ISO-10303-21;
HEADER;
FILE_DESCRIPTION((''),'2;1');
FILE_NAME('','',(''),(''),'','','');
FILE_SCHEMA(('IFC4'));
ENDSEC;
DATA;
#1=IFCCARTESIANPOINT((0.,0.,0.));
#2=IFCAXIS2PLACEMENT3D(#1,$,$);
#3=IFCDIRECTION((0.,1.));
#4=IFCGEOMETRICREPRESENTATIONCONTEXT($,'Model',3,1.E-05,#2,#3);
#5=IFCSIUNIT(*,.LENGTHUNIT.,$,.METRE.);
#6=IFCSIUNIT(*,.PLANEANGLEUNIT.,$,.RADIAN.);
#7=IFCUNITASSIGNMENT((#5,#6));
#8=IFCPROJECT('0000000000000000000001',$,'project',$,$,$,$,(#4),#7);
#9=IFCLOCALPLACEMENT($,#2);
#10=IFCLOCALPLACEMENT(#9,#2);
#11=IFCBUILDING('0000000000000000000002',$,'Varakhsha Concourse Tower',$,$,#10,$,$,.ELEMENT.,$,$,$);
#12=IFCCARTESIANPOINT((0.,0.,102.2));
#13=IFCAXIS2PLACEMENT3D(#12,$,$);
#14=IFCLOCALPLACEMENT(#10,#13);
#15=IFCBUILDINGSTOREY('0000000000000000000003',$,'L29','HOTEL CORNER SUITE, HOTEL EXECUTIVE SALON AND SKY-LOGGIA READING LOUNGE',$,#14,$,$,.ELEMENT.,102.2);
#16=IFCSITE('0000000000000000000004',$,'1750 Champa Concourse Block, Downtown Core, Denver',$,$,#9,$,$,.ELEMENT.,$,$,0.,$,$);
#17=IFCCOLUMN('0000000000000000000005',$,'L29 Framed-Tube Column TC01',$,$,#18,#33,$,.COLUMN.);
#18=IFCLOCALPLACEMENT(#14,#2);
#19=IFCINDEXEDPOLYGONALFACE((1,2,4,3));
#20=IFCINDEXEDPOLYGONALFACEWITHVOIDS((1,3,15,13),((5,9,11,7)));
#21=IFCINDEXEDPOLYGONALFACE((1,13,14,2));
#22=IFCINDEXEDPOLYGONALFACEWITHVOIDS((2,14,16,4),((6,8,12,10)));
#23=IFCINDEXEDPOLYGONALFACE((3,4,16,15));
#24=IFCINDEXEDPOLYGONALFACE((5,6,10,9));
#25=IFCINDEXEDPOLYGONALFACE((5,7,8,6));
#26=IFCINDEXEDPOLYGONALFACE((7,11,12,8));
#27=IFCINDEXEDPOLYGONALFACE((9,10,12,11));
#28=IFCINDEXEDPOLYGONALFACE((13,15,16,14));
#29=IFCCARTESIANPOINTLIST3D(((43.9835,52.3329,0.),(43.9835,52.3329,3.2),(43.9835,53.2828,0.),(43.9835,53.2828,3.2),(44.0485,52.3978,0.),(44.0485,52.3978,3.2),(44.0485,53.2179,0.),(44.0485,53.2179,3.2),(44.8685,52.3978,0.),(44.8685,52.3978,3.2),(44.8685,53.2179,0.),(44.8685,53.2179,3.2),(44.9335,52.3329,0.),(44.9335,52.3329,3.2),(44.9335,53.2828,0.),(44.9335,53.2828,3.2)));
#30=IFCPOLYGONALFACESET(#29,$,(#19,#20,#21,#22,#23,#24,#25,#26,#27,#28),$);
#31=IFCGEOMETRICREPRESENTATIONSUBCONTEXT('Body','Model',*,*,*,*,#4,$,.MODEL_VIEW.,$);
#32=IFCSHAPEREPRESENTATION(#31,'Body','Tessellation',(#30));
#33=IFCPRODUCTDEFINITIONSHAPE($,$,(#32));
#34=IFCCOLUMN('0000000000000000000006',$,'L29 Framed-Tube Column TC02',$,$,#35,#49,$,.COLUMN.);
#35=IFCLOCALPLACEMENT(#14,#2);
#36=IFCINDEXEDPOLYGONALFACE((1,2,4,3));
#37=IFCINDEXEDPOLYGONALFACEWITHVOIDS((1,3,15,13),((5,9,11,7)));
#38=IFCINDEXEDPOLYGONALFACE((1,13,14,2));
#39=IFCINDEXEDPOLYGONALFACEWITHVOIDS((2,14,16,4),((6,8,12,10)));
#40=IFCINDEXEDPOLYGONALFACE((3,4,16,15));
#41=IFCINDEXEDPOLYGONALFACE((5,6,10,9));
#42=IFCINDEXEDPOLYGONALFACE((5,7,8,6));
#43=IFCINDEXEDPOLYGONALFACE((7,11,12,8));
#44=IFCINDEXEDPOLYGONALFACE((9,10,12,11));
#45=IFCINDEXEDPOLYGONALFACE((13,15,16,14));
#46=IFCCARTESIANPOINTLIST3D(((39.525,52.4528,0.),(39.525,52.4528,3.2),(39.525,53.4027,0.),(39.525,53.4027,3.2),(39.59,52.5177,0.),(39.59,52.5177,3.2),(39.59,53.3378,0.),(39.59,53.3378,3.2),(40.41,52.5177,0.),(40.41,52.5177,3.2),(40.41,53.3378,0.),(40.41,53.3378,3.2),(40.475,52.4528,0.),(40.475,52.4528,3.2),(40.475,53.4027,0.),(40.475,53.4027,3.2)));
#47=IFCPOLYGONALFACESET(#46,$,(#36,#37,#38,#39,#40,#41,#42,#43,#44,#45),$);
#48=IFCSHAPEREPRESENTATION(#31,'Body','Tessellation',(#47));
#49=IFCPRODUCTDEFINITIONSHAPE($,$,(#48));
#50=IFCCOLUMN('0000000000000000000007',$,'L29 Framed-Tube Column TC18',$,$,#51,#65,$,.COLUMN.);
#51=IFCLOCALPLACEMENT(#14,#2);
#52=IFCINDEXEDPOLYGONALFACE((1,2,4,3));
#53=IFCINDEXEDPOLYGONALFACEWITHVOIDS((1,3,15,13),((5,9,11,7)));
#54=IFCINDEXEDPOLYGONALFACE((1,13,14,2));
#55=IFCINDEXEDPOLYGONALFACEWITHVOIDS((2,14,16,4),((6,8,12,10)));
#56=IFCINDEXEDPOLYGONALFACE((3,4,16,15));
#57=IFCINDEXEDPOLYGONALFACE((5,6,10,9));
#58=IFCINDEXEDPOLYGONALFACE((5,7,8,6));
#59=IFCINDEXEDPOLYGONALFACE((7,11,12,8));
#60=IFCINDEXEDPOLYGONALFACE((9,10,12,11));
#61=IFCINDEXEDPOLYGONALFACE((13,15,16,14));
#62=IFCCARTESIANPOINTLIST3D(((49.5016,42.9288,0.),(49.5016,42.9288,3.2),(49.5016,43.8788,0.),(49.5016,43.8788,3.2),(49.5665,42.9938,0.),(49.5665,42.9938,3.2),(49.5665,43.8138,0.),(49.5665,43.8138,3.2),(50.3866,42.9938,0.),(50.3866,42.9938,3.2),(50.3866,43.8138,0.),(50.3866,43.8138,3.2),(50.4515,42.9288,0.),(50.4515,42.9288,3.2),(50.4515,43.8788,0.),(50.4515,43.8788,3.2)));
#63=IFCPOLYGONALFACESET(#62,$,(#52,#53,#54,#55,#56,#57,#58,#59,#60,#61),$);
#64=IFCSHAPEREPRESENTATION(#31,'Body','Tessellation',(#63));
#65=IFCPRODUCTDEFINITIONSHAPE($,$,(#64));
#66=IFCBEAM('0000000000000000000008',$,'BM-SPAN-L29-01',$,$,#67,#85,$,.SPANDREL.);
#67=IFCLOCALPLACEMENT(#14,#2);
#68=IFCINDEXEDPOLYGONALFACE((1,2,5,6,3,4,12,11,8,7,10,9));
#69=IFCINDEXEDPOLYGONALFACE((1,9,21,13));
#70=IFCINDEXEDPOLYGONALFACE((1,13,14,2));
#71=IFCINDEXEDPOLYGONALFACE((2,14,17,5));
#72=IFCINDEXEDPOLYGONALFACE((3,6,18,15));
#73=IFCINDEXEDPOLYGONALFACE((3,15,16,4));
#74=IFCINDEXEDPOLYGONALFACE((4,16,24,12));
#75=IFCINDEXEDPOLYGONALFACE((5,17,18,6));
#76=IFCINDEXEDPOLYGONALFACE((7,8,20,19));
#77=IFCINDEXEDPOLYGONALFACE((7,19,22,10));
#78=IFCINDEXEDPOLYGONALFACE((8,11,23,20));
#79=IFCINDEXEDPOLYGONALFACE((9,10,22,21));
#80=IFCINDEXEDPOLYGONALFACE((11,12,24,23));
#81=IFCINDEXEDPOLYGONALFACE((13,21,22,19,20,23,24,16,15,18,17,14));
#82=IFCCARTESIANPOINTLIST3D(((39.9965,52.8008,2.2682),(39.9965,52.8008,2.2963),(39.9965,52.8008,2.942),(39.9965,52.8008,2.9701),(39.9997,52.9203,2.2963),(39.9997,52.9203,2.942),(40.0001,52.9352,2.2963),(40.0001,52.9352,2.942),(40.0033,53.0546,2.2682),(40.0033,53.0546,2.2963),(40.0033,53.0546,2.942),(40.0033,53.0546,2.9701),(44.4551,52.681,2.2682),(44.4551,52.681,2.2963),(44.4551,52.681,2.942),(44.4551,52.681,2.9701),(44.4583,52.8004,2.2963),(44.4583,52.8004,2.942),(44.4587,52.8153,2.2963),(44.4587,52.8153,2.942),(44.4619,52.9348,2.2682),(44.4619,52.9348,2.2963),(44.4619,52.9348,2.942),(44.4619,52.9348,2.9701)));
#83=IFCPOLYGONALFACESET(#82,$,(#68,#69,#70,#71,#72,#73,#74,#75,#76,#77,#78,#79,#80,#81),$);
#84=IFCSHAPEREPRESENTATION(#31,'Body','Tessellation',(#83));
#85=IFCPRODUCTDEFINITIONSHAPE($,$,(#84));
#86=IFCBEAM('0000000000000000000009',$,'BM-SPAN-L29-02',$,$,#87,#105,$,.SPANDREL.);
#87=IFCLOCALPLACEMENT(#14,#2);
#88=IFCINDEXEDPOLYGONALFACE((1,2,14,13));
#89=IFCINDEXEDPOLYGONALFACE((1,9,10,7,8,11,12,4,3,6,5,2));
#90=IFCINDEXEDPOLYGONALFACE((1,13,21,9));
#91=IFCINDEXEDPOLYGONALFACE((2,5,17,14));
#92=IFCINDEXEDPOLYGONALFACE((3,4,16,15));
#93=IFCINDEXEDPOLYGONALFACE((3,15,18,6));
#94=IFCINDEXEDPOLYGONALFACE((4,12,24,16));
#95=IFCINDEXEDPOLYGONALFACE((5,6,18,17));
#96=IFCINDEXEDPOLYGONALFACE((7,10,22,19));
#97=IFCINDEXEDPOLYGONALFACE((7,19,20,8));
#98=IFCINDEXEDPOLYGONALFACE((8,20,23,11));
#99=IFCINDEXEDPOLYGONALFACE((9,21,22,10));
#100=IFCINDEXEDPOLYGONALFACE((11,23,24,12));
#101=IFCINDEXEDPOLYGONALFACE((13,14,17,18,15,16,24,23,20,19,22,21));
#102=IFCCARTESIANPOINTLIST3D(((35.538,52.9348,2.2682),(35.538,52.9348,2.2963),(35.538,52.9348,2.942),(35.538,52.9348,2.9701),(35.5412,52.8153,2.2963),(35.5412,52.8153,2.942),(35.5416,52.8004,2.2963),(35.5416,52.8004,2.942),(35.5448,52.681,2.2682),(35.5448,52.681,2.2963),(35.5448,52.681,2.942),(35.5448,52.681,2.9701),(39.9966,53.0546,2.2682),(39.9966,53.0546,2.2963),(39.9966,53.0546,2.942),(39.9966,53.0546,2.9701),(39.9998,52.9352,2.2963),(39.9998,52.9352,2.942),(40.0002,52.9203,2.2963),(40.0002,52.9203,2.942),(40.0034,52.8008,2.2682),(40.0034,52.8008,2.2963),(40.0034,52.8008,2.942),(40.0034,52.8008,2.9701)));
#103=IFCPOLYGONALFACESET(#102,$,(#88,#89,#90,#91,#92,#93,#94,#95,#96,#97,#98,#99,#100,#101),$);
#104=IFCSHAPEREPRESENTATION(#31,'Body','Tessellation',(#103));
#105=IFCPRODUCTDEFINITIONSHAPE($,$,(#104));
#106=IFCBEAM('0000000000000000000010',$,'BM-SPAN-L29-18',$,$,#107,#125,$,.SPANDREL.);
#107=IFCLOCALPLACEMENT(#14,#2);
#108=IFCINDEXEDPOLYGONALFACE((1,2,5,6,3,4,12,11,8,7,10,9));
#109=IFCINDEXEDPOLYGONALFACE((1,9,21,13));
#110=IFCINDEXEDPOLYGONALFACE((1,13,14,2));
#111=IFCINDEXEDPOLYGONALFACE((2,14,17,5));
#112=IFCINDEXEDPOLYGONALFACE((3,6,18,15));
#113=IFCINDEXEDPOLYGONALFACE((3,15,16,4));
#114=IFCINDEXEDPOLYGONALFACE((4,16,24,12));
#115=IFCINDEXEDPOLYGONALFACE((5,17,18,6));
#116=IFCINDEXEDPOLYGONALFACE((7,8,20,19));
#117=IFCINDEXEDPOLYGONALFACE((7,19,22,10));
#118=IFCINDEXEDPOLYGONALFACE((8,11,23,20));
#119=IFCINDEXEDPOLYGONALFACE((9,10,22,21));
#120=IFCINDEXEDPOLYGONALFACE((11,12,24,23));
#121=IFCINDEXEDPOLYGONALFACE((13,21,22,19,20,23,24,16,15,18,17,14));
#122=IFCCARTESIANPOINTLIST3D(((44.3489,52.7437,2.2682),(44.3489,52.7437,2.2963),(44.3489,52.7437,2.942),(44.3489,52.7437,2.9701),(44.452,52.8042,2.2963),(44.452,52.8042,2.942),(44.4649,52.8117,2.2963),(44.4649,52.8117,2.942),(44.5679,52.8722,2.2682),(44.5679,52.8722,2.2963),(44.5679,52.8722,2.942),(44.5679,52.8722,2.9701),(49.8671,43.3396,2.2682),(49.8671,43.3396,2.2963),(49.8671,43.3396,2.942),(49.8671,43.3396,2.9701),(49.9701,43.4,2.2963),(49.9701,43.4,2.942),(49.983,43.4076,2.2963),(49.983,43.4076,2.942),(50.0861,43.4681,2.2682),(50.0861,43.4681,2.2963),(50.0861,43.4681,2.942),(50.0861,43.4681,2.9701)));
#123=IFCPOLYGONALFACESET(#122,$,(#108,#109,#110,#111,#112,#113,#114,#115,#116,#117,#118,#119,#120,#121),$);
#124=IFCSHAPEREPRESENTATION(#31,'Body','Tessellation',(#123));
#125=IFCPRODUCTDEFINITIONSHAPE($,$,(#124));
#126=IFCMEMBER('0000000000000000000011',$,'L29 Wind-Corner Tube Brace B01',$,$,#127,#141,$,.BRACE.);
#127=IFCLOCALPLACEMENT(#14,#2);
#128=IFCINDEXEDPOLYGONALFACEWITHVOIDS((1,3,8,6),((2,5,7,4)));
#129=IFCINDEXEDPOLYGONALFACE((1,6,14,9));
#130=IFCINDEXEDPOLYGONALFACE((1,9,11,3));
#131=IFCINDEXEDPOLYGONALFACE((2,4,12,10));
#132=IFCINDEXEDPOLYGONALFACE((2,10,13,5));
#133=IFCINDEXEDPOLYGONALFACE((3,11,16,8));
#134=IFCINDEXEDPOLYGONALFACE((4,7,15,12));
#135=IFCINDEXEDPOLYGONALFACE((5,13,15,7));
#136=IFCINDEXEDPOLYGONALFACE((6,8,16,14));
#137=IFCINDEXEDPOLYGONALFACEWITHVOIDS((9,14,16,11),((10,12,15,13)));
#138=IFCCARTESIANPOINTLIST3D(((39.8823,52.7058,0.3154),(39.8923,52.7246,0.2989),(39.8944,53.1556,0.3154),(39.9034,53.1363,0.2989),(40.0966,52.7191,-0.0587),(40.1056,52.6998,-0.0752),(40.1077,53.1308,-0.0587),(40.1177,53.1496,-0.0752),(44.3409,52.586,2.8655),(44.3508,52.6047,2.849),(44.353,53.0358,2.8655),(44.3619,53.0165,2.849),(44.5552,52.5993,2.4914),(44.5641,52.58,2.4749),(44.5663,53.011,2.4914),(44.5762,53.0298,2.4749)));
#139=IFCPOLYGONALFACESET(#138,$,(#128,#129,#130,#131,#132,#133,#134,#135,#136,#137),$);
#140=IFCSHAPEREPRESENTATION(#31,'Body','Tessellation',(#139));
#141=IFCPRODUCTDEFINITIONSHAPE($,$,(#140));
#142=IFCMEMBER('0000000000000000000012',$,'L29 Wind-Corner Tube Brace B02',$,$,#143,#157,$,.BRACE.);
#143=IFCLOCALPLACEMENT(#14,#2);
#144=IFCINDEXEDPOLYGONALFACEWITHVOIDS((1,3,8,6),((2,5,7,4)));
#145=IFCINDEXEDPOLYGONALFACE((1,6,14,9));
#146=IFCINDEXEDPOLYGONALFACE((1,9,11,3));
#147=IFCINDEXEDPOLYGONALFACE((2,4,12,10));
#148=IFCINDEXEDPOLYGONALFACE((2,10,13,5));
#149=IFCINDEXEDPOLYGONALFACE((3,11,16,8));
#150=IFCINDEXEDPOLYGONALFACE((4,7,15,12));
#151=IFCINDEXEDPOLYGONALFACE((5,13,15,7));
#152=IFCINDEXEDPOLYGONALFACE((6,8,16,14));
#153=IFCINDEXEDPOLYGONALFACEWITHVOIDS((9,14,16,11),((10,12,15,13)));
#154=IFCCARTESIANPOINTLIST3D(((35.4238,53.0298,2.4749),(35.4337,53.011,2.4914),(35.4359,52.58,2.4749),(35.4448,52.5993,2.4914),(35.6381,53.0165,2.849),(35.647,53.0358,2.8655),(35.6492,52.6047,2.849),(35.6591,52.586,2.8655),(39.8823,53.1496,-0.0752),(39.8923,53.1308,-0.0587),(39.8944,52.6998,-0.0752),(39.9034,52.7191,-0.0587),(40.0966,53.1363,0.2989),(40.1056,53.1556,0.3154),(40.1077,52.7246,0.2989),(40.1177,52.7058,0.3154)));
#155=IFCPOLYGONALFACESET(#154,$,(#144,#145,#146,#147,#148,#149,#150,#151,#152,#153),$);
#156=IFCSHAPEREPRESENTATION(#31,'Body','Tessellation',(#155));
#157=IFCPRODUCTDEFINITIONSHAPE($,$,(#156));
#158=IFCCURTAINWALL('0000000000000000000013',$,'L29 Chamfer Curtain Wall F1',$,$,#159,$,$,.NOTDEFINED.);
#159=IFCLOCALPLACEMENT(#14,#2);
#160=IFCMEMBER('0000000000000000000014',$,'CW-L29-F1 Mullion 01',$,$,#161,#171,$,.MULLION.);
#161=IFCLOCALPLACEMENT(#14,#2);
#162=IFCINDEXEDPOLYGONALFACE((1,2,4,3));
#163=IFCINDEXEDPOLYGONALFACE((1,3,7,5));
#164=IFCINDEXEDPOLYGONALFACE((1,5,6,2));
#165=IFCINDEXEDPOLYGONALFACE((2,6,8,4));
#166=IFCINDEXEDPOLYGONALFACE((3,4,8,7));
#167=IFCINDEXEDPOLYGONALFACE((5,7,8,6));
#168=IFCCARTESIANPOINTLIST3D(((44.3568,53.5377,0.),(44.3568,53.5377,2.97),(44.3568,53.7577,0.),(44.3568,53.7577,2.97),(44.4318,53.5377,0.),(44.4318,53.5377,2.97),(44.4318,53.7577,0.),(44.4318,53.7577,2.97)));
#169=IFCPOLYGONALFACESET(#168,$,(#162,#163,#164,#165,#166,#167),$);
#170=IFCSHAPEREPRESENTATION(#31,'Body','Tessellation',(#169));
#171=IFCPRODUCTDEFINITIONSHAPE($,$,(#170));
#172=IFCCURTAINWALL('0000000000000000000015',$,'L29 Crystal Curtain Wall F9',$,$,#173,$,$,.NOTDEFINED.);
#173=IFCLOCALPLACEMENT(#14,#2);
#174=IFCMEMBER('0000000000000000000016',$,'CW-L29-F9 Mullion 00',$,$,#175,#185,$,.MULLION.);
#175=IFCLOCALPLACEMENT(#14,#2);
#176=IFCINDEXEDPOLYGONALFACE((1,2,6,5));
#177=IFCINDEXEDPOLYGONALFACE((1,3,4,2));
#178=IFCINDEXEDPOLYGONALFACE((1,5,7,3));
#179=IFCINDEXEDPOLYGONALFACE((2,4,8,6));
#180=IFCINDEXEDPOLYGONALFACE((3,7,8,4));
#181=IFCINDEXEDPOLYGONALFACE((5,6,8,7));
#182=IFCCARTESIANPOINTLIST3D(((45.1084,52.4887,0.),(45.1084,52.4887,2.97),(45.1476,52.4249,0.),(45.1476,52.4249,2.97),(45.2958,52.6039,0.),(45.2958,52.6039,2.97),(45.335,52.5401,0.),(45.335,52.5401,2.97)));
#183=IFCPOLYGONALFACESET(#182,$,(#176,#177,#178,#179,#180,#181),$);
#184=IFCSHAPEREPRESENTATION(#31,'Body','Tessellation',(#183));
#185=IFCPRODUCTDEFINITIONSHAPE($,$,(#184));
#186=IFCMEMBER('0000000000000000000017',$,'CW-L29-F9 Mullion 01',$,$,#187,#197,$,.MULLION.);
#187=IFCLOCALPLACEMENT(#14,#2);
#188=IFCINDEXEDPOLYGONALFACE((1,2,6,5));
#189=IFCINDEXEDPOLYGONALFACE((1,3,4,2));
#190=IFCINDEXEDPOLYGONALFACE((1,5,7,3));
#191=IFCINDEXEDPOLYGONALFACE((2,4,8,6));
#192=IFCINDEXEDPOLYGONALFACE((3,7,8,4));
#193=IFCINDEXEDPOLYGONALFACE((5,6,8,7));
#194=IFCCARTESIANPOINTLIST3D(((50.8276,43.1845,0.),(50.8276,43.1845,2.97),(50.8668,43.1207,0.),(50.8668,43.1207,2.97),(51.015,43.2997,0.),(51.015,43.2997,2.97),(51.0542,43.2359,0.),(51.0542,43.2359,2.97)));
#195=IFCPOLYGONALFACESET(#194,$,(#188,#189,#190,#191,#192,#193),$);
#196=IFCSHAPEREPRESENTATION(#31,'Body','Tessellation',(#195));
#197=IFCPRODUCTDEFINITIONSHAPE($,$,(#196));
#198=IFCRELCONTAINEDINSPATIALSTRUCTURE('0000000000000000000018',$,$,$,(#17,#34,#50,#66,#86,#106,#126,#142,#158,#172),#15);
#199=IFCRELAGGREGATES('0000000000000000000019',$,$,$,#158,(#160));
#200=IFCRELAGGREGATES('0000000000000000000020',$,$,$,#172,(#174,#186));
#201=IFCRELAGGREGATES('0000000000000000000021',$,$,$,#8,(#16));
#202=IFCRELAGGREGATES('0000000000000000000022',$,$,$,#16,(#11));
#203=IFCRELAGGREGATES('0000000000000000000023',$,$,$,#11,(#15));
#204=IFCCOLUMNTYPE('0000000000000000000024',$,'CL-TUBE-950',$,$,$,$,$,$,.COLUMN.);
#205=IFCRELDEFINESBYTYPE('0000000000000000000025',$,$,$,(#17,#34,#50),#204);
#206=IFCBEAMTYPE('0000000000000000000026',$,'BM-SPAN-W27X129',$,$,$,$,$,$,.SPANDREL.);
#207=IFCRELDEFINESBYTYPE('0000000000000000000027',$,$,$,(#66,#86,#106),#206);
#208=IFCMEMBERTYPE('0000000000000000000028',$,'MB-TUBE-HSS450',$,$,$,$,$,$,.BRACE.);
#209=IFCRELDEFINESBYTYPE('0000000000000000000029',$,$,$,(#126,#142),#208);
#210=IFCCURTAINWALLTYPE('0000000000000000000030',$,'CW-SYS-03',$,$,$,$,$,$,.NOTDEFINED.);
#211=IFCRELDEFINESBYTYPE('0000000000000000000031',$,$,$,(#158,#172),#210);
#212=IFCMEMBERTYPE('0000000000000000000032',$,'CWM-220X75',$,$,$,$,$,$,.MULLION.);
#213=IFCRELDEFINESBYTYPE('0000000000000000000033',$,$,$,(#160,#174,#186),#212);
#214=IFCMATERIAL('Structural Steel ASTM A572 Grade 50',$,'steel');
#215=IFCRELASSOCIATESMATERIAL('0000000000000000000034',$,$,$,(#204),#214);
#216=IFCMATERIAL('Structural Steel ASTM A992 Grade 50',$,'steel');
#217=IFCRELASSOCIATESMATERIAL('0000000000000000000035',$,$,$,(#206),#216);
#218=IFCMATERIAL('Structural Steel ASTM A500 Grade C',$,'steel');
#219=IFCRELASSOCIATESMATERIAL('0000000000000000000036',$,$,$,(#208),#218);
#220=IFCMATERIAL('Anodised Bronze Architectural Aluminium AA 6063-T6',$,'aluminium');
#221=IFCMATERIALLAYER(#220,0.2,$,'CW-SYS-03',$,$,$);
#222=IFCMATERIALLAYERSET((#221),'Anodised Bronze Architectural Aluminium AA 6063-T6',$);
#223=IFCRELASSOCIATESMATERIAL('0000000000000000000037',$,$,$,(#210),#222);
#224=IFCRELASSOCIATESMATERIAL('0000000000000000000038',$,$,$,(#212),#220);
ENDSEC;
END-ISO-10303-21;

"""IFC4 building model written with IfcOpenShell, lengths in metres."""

from ifc_helpers import new_model, si_unit, direction, frame, origin, origin_2d, place, context, subcontext, project, spatial, rectangle, hollow_rectangle, i_section, extrude, source, transform, mapped, material, layer, layer_set, material_profile, profile_set, type_object, type_shapes, element, aggregate, save


model = new_model("IFC4")

# Units and contexts
model_context = context("Model", 3, precision=1e-05, world=origin(), true_north=direction((0.0, 1.0)))
body_context = subcontext(model_context, "Body", "Model", "MODEL_VIEW")
ifc_project = project(units=[si_unit("LENGTHUNIT", "METRE"), si_unit("PLANEANGLEUNIT", "RADIAN")], contexts=[model_context])

# Site, building, storey
site_placement = place(None, origin())
site = spatial("IfcSite", under=ifc_project, at=site_placement, Name="1750 Champa Concourse Block, Downtown Core, Denver", CompositionType="ELEMENT", RefElevation=0.0)
building_placement = place(site_placement, origin())
building = spatial("IfcBuilding", under=site, at=building_placement, Name="Varakhsha Concourse Tower", CompositionType="ELEMENT")
storey_placement = place(building_placement, frame((0.0, 0.0, 102.2)))
storey = spatial("IfcBuildingStorey", under=building, at=storey_placement, Name="L29", Description="HOTEL CORNER SUITE, HOTEL EXECUTIVE SALON AND SKY-LOGGIA READING LOUNGE", CompositionType="ELEMENT", Elevation=102.2)

# Columns
ifc_material_1 = material(Name="Structural Steel ASTM A572 Grade 50", Category="steel")
ifc_material_profile_1 = material_profile(ifc_material_1, hollow_rectangle(XDim=0.95, YDim=0.95, WallThickness=0.0649, at=origin_2d()), Name="BOX 950x950x65")
ifc_profile_set_1 = profile_set([ifc_material_profile_1], Name="Structural Steel ASTM A572 Grade 50")
column_type = type_object("IfcColumnType", Name="CL-TUBE-950", PredefinedType="COLUMN", material=ifc_profile_set_1)
for number, where, z_axis, x_axis, name in (
    (1, (44.4585, 52.8079, 0.0), (0.0, 0.0, 1.0), (1.0, 0.0, 0.0), "L29 Framed-Tube Column TC01"),
    (2, (40.0, 52.9277, 0.0), (0.0, 0.0, 1.0), (1.0, 0.0, 0.0), "L29 Framed-Tube Column TC02"),
    (3, (49.9766, 43.4038, 0.0), (0.0, 0.0, 1.0), (1.0, 0.0, 0.0), "L29 Framed-Tube Column TC18"),
):
    element("IfcColumn", number, at=place(storey_placement, frame(where, z_axis=z_axis, x_axis=x_axis)), inside=storey, type_object=column_type, Name=name, PredefinedType="COLUMN", context=body_context, shape_type="SweptSolid", body=[
        extrude(hollow_rectangle(XDim=0.95, YDim=0.95, WallThickness=0.0649, at=origin_2d()), origin(), (0.0, 0.0, 1.0), 3.2),
    ])

# Beams
ifc_material_2 = material(Name="Structural Steel ASTM A992 Grade 50", Category="steel")
ifc_material_profile_2 = material_profile(ifc_material_2, i_section(OverallWidth=0.2539, OverallDepth=0.7019, WebThickness=0.0149, FlangeThickness=0.0281, at=origin_2d()), Name="W27X129")
ifc_profile_set_2 = profile_set([ifc_material_profile_2], Name="Structural Steel ASTM A992 Grade 50")
beam_type = type_object("IfcBeamType", Name="BM-SPAN-W27X129", PredefinedType="SPANDREL", material=ifc_profile_set_2)
for number, where, z_axis, x_axis, name in (
    (4, (44.4585, 52.8079, 2.6191), (-0.999639, 0.026877, 0.0), (-0.026877, -0.999639, 0.0), "BM-SPAN-L29-01"),
    (5, (40.0, 52.9277, 2.6191), (-0.999639, -0.026877, 0.0), (0.026877, -0.999639, 0.0), "BM-SPAN-L29-02"),
):
    element("IfcBeam", number, at=place(storey_placement, frame(where, z_axis=z_axis, x_axis=x_axis)), inside=storey, type_object=beam_type, Name=name, PredefinedType="SPANDREL", context=body_context, shape_type="SweptSolid", body=[
        extrude(i_section(OverallWidth=0.2539, OverallDepth=0.7019, WebThickness=0.0149, FlangeThickness=0.0281, at=origin_2d()), origin(), (0.0, 0.0, 1.0), 4.4602),
    ])
beam_placement = place(storey_placement, frame((49.9766, 43.4038, 2.6191), z_axis=(-0.506084, 0.862484, 0.0), x_axis=(-0.862484, -0.506084, 0.0)))
element("IfcBeam", 6, at=beam_placement, inside=storey, type_object=beam_type, Name="BM-SPAN-L29-18", PredefinedType="SPANDREL", context=body_context, shape_type="SweptSolid", body=[
    extrude(i_section(OverallWidth=0.2539, OverallDepth=0.7019, WebThickness=0.0149, FlangeThickness=0.0281, at=origin_2d()), origin(), (0.0, 0.0, 1.0), 10.9036),
])

# Members
ifc_material_3 = material(Name="Structural Steel ASTM A500 Grade C", Category="steel")
ifc_material_profile_3 = material_profile(ifc_material_3, hollow_rectangle(XDim=0.45, YDim=0.45, WallThickness=0.019, at=origin_2d()), Name="HSS 450x450x19")
ifc_profile_set_3 = profile_set([ifc_material_profile_3], Name="Structural Steel ASTM A500 Grade C")
member_type_1 = type_object("IfcMemberType", Name="MB-TUBE-HSS450", PredefinedType="BRACE", material=ifc_profile_set_3)
shared_shape_1 = source(origin(), body_context, "Body", "SweptSolid", [
    extrude(hollow_rectangle(XDim=0.45, YDim=0.45, WallThickness=0.019, at=origin_2d()), origin(), (0.0, 0.0, 1.0), 5.1377),
])
type_shapes(member_type_1, [shared_shape_1])
for number, where, z_axis, x_axis, name in (
    (7, (40.0, 52.9277, 0.1201), (0.867811, -0.023332, 0.496347), (0.026877, 0.999639, 0.0), "L29 Wind-Corner Tube Brace B01"),
    (8, (40.0, 52.9277, 0.1201), (-0.867811, -0.023332, 0.496347), (0.026877, -0.999639, 0.0), "L29 Wind-Corner Tube Brace B02"),
):
    element("IfcMember", number, at=place(storey_placement, frame(where, z_axis=z_axis, x_axis=x_axis)), inside=storey, type_object=member_type_1, Name=name, PredefinedType="BRACE", context=body_context, shape_type="MappedRepresentation", body=[
        mapped(shared_shape_1, transform((0.0, 0.0, 0.0), scale=1.0)),
    ])

# Curtain wall, member
ifc_material_4 = material(Name="Anodised Bronze Architectural Aluminium AA 6063-T6", Category="aluminium")
ifc_layer_1 = layer(ifc_material_4, 0.2, Name="CW-SYS-03")
ifc_layer_set_1 = layer_set([ifc_layer_1], Name="Anodised Bronze Architectural Aluminium AA 6063-T6")
curtain_wall_type = type_object("IfcCurtainWallType", Name="CW-SYS-03", PredefinedType="NOTDEFINED", material=ifc_layer_set_1)
curtain_wall_1_placement = place(storey_placement, origin())
curtain_wall_1 = element("IfcCurtainWall", 9, at=curtain_wall_1_placement, inside=storey, type_object=curtain_wall_type, Name="L29 Chamfer Curtain Wall F1", PredefinedType="NOTDEFINED")
ifc_material_profile_4 = material_profile(ifc_material_4, rectangle(XDim=0.075, YDim=0.22, at=origin_2d()), Name="CWM-220X75")
ifc_profile_set_4 = profile_set([ifc_material_profile_4], Name="Anodised Bronze Architectural Aluminium AA 6063-T6")
member_type_2 = type_object("IfcMemberType", Name="CWM-220X75", PredefinedType="MULLION", material=ifc_profile_set_4)
shared_shape_2 = source(origin(), body_context, "Body", "SweptSolid", [
    extrude(rectangle(XDim=0.075, YDim=0.22, at=origin_2d()), origin(), (0.0, 0.0, 1.0), 2.97),
])
type_shapes(member_type_2, [shared_shape_2])
member_1_placement = place(storey_placement, frame((44.3943, 53.6477, 0.0), z_axis=(0.0, 0.0, 1.0), x_axis=(1.0, 0.0, 0.0)))
member_1 = element("IfcMember", 10, at=member_1_placement, type_object=member_type_2, Name="CW-L29-F1 Mullion 01", PredefinedType="MULLION", context=body_context, shape_type="MappedRepresentation", body=[
    mapped(shared_shape_2, transform((0.0, 0.0, 0.0), scale=1.0)),
])

# Curtain wall, members
curtain_wall_2_placement = place(storey_placement, origin())
curtain_wall_2 = element("IfcCurtainWall", 11, at=curtain_wall_2_placement, inside=storey, type_object=curtain_wall_type, Name="L29 Crystal Curtain Wall F9", PredefinedType="NOTDEFINED")
member_2_placement = place(storey_placement, frame((45.2217, 52.5144, 0.0), z_axis=(0.0, 0.0, 1.0), x_axis=(0.523665, -0.851924, 0.0)))
member_2 = element("IfcMember", 12, at=member_2_placement, type_object=member_type_2, Name="CW-L29-F9 Mullion 00", PredefinedType="MULLION", context=body_context, shape_type="MappedRepresentation", body=[
    mapped(shared_shape_2, transform((0.0, 0.0, 0.0), scale=1.0)),
])
member_3_placement = place(storey_placement, frame((50.9409, 43.2102, 0.0), z_axis=(0.0, 0.0, 1.0), x_axis=(0.523665, -0.851924, 0.0)))
member_3 = element("IfcMember", 13, at=member_3_placement, type_object=member_type_2, Name="CW-L29-F9 Mullion 01", PredefinedType="MULLION", context=body_context, shape_type="MappedRepresentation", body=[
    mapped(shared_shape_2, transform((0.0, 0.0, 0.0), scale=1.0)),
])

aggregate(curtain_wall_1, [member_1])
aggregate(curtain_wall_2, [member_2, member_3])

save(model, "model.ifc")
